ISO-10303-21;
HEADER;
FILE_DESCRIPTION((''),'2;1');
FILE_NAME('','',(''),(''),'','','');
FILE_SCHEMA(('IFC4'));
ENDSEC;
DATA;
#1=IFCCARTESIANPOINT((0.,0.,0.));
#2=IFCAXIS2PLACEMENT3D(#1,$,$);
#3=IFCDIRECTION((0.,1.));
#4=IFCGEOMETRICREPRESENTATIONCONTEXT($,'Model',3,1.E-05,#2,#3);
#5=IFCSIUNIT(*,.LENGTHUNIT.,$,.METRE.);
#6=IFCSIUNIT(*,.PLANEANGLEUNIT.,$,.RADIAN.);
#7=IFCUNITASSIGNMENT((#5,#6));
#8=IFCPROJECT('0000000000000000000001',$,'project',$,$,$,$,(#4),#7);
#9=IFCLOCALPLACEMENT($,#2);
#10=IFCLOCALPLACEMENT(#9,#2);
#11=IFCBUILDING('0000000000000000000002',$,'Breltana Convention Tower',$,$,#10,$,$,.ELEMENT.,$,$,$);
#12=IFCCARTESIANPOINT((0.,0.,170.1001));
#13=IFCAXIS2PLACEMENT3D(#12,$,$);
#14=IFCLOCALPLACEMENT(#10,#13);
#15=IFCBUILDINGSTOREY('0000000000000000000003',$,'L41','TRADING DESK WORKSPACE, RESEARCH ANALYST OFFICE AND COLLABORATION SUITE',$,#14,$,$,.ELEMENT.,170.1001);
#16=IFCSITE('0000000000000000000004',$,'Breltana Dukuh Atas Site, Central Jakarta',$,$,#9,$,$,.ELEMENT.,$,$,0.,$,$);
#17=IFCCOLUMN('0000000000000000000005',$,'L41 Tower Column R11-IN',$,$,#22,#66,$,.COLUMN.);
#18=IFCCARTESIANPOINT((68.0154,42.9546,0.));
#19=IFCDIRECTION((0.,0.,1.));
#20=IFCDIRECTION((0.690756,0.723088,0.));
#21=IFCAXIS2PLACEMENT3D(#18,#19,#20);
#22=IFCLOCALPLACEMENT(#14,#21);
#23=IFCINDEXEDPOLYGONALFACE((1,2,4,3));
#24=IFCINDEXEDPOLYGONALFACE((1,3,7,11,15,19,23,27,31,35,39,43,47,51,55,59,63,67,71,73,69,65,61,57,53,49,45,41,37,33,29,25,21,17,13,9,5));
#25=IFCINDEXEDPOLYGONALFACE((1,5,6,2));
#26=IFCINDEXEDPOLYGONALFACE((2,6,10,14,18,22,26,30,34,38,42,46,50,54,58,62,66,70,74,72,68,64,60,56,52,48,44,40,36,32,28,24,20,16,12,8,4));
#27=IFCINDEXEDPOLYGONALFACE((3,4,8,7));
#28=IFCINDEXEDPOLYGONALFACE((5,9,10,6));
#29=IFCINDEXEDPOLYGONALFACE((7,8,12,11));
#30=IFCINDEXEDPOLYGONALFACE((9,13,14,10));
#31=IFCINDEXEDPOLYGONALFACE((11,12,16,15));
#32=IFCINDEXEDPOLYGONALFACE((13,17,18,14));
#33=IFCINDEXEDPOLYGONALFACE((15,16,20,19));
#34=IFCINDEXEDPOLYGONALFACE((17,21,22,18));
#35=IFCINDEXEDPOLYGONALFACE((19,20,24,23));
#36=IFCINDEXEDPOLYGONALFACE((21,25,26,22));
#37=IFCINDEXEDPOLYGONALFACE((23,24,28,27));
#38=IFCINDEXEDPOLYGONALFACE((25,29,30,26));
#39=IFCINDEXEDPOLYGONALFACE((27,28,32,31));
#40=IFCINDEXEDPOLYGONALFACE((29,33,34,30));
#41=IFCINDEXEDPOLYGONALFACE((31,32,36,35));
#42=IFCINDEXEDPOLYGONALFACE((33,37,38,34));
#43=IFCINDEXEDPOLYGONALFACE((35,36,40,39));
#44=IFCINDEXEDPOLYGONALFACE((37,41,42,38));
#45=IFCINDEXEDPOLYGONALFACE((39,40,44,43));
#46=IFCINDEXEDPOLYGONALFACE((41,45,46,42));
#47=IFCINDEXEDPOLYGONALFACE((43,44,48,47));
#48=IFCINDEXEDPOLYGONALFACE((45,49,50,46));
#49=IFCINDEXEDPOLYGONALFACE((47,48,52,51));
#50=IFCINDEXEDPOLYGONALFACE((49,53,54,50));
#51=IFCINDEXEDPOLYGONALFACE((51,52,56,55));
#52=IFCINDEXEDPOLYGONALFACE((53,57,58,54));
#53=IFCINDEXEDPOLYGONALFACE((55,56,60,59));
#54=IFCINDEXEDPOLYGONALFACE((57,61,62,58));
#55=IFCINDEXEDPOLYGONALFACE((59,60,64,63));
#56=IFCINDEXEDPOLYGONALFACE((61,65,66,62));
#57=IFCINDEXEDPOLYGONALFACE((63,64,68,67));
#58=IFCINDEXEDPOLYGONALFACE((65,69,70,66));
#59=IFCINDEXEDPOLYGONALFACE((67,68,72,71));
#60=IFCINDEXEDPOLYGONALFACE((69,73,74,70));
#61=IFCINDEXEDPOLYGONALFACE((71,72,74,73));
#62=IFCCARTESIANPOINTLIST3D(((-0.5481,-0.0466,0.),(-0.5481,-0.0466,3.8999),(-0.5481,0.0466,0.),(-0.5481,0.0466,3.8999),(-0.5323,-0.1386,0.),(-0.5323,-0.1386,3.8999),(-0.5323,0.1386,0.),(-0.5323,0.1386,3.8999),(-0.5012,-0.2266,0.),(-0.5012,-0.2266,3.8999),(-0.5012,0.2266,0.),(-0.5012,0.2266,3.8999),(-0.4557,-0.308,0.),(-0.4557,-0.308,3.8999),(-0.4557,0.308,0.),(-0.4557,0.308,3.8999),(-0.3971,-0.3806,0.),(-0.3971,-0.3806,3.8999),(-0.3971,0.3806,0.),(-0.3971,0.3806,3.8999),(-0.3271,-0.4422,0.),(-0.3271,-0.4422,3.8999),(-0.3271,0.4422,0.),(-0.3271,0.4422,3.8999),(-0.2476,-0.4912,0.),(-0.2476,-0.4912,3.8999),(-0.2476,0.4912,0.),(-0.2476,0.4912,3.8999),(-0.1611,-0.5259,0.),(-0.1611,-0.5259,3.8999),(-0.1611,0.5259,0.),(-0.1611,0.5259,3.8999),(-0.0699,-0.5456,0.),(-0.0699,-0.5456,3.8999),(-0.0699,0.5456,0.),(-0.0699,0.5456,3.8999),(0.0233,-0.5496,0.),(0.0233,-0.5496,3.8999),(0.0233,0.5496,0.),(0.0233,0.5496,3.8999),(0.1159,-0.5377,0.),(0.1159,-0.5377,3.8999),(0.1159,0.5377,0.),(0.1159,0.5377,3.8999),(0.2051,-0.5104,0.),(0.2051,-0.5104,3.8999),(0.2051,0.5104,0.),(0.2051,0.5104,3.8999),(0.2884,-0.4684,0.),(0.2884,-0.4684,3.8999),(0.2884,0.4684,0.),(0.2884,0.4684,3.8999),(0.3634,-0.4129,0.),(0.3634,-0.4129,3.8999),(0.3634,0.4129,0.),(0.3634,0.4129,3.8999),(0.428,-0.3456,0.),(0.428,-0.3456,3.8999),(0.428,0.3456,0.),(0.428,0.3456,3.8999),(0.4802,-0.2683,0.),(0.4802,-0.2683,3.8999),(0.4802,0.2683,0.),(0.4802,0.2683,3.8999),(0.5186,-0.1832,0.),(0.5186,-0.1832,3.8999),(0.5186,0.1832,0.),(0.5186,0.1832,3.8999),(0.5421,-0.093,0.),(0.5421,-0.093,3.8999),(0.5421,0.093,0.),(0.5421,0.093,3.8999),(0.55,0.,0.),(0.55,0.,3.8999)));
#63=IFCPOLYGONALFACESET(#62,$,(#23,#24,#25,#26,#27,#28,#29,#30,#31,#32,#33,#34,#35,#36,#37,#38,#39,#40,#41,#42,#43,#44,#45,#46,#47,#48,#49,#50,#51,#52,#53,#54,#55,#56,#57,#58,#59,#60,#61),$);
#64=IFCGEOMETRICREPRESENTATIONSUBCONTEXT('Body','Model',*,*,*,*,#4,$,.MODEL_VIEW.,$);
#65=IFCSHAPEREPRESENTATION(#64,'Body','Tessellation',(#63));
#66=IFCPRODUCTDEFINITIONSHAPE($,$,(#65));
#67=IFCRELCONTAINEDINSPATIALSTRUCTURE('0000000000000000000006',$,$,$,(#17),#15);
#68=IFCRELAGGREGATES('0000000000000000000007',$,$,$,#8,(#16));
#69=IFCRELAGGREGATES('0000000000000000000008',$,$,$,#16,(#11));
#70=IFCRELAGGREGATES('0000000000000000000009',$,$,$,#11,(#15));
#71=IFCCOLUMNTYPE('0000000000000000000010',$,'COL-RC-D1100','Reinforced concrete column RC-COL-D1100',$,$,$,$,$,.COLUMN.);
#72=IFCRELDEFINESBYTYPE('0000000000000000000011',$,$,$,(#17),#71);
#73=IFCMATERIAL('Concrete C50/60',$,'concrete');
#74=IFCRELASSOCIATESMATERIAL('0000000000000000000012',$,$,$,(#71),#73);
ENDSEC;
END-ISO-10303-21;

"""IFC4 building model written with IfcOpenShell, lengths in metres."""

from ifc_helpers import new_model, si_unit, direction, frame, origin, origin_2d, place, context, subcontext, project, spatial, circle, extrude, source, transform, mapped, material, material_profile, profile_set, type_object, element, save


model = new_model("IFC4")

# Units and contexts
model_context = context("Model", 3, precision=1e-05, world=origin(), true_north=direction((0.0, 1.0)))
body_context = subcontext(model_context, "Body", "Model", "MODEL_VIEW")
ifc_project = project(units=[si_unit("LENGTHUNIT", "METRE"), si_unit("PLANEANGLEUNIT", "RADIAN")], contexts=[model_context])

# Site, building, storey
site_placement = place(None, origin())
site = spatial("IfcSite", under=ifc_project, at=site_placement, Name="Breltana Dukuh Atas Site, Central Jakarta", CompositionType="ELEMENT", RefElevation=0.0)
building_placement = place(site_placement, origin())
building = spatial("IfcBuilding", under=site, at=building_placement, Name="Breltana Convention Tower", CompositionType="ELEMENT")
storey_placement = place(building_placement, frame((0.0, 0.0, 170.1001)))
storey = spatial("IfcBuildingStorey", under=building, at=storey_placement, Name="L41", Description="TRADING DESK WORKSPACE, RESEARCH ANALYST OFFICE AND COLLABORATION SUITE", CompositionType="ELEMENT", Elevation=170.1001)

# Column
ifc_material_1 = material(Name="Concrete C50/60", Category="concrete")
ifc_material_profile_1 = material_profile(ifc_material_1, circle(Radius=0.55, at=origin_2d()), Name="RC-COL-D1100")
ifc_profile_set_1 = profile_set([ifc_material_profile_1], Name="Concrete C50/60")
column_type = type_object("IfcColumnType", Name="COL-RC-D1100", Description="Reinforced concrete column RC-COL-D1100", PredefinedType="COLUMN", material=ifc_profile_set_1)
shared_shape_1 = source(origin(), body_context, "Body", "SweptSolid", [
    extrude(circle(Radius=0.55, at=origin_2d()), origin(), (0.0, 0.0, 1.0), 3.8999),
])
column_placement = place(storey_placement, frame((68.0154, 42.9546, 0.0), z_axis=(0.0, 0.0, 1.0), x_axis=(0.690756, 0.723088, 0.0)))
element("IfcColumn", 1, at=column_placement, inside=storey, type_object=column_type, Name="L41 Tower Column R11-IN", PredefinedType="COLUMN", context=body_context, shape_type="MappedRepresentation", body=[
    mapped(shared_shape_1, transform((0.0, 0.0, 0.0), scale=1.0)),
])

save(model, "model.ifc")
